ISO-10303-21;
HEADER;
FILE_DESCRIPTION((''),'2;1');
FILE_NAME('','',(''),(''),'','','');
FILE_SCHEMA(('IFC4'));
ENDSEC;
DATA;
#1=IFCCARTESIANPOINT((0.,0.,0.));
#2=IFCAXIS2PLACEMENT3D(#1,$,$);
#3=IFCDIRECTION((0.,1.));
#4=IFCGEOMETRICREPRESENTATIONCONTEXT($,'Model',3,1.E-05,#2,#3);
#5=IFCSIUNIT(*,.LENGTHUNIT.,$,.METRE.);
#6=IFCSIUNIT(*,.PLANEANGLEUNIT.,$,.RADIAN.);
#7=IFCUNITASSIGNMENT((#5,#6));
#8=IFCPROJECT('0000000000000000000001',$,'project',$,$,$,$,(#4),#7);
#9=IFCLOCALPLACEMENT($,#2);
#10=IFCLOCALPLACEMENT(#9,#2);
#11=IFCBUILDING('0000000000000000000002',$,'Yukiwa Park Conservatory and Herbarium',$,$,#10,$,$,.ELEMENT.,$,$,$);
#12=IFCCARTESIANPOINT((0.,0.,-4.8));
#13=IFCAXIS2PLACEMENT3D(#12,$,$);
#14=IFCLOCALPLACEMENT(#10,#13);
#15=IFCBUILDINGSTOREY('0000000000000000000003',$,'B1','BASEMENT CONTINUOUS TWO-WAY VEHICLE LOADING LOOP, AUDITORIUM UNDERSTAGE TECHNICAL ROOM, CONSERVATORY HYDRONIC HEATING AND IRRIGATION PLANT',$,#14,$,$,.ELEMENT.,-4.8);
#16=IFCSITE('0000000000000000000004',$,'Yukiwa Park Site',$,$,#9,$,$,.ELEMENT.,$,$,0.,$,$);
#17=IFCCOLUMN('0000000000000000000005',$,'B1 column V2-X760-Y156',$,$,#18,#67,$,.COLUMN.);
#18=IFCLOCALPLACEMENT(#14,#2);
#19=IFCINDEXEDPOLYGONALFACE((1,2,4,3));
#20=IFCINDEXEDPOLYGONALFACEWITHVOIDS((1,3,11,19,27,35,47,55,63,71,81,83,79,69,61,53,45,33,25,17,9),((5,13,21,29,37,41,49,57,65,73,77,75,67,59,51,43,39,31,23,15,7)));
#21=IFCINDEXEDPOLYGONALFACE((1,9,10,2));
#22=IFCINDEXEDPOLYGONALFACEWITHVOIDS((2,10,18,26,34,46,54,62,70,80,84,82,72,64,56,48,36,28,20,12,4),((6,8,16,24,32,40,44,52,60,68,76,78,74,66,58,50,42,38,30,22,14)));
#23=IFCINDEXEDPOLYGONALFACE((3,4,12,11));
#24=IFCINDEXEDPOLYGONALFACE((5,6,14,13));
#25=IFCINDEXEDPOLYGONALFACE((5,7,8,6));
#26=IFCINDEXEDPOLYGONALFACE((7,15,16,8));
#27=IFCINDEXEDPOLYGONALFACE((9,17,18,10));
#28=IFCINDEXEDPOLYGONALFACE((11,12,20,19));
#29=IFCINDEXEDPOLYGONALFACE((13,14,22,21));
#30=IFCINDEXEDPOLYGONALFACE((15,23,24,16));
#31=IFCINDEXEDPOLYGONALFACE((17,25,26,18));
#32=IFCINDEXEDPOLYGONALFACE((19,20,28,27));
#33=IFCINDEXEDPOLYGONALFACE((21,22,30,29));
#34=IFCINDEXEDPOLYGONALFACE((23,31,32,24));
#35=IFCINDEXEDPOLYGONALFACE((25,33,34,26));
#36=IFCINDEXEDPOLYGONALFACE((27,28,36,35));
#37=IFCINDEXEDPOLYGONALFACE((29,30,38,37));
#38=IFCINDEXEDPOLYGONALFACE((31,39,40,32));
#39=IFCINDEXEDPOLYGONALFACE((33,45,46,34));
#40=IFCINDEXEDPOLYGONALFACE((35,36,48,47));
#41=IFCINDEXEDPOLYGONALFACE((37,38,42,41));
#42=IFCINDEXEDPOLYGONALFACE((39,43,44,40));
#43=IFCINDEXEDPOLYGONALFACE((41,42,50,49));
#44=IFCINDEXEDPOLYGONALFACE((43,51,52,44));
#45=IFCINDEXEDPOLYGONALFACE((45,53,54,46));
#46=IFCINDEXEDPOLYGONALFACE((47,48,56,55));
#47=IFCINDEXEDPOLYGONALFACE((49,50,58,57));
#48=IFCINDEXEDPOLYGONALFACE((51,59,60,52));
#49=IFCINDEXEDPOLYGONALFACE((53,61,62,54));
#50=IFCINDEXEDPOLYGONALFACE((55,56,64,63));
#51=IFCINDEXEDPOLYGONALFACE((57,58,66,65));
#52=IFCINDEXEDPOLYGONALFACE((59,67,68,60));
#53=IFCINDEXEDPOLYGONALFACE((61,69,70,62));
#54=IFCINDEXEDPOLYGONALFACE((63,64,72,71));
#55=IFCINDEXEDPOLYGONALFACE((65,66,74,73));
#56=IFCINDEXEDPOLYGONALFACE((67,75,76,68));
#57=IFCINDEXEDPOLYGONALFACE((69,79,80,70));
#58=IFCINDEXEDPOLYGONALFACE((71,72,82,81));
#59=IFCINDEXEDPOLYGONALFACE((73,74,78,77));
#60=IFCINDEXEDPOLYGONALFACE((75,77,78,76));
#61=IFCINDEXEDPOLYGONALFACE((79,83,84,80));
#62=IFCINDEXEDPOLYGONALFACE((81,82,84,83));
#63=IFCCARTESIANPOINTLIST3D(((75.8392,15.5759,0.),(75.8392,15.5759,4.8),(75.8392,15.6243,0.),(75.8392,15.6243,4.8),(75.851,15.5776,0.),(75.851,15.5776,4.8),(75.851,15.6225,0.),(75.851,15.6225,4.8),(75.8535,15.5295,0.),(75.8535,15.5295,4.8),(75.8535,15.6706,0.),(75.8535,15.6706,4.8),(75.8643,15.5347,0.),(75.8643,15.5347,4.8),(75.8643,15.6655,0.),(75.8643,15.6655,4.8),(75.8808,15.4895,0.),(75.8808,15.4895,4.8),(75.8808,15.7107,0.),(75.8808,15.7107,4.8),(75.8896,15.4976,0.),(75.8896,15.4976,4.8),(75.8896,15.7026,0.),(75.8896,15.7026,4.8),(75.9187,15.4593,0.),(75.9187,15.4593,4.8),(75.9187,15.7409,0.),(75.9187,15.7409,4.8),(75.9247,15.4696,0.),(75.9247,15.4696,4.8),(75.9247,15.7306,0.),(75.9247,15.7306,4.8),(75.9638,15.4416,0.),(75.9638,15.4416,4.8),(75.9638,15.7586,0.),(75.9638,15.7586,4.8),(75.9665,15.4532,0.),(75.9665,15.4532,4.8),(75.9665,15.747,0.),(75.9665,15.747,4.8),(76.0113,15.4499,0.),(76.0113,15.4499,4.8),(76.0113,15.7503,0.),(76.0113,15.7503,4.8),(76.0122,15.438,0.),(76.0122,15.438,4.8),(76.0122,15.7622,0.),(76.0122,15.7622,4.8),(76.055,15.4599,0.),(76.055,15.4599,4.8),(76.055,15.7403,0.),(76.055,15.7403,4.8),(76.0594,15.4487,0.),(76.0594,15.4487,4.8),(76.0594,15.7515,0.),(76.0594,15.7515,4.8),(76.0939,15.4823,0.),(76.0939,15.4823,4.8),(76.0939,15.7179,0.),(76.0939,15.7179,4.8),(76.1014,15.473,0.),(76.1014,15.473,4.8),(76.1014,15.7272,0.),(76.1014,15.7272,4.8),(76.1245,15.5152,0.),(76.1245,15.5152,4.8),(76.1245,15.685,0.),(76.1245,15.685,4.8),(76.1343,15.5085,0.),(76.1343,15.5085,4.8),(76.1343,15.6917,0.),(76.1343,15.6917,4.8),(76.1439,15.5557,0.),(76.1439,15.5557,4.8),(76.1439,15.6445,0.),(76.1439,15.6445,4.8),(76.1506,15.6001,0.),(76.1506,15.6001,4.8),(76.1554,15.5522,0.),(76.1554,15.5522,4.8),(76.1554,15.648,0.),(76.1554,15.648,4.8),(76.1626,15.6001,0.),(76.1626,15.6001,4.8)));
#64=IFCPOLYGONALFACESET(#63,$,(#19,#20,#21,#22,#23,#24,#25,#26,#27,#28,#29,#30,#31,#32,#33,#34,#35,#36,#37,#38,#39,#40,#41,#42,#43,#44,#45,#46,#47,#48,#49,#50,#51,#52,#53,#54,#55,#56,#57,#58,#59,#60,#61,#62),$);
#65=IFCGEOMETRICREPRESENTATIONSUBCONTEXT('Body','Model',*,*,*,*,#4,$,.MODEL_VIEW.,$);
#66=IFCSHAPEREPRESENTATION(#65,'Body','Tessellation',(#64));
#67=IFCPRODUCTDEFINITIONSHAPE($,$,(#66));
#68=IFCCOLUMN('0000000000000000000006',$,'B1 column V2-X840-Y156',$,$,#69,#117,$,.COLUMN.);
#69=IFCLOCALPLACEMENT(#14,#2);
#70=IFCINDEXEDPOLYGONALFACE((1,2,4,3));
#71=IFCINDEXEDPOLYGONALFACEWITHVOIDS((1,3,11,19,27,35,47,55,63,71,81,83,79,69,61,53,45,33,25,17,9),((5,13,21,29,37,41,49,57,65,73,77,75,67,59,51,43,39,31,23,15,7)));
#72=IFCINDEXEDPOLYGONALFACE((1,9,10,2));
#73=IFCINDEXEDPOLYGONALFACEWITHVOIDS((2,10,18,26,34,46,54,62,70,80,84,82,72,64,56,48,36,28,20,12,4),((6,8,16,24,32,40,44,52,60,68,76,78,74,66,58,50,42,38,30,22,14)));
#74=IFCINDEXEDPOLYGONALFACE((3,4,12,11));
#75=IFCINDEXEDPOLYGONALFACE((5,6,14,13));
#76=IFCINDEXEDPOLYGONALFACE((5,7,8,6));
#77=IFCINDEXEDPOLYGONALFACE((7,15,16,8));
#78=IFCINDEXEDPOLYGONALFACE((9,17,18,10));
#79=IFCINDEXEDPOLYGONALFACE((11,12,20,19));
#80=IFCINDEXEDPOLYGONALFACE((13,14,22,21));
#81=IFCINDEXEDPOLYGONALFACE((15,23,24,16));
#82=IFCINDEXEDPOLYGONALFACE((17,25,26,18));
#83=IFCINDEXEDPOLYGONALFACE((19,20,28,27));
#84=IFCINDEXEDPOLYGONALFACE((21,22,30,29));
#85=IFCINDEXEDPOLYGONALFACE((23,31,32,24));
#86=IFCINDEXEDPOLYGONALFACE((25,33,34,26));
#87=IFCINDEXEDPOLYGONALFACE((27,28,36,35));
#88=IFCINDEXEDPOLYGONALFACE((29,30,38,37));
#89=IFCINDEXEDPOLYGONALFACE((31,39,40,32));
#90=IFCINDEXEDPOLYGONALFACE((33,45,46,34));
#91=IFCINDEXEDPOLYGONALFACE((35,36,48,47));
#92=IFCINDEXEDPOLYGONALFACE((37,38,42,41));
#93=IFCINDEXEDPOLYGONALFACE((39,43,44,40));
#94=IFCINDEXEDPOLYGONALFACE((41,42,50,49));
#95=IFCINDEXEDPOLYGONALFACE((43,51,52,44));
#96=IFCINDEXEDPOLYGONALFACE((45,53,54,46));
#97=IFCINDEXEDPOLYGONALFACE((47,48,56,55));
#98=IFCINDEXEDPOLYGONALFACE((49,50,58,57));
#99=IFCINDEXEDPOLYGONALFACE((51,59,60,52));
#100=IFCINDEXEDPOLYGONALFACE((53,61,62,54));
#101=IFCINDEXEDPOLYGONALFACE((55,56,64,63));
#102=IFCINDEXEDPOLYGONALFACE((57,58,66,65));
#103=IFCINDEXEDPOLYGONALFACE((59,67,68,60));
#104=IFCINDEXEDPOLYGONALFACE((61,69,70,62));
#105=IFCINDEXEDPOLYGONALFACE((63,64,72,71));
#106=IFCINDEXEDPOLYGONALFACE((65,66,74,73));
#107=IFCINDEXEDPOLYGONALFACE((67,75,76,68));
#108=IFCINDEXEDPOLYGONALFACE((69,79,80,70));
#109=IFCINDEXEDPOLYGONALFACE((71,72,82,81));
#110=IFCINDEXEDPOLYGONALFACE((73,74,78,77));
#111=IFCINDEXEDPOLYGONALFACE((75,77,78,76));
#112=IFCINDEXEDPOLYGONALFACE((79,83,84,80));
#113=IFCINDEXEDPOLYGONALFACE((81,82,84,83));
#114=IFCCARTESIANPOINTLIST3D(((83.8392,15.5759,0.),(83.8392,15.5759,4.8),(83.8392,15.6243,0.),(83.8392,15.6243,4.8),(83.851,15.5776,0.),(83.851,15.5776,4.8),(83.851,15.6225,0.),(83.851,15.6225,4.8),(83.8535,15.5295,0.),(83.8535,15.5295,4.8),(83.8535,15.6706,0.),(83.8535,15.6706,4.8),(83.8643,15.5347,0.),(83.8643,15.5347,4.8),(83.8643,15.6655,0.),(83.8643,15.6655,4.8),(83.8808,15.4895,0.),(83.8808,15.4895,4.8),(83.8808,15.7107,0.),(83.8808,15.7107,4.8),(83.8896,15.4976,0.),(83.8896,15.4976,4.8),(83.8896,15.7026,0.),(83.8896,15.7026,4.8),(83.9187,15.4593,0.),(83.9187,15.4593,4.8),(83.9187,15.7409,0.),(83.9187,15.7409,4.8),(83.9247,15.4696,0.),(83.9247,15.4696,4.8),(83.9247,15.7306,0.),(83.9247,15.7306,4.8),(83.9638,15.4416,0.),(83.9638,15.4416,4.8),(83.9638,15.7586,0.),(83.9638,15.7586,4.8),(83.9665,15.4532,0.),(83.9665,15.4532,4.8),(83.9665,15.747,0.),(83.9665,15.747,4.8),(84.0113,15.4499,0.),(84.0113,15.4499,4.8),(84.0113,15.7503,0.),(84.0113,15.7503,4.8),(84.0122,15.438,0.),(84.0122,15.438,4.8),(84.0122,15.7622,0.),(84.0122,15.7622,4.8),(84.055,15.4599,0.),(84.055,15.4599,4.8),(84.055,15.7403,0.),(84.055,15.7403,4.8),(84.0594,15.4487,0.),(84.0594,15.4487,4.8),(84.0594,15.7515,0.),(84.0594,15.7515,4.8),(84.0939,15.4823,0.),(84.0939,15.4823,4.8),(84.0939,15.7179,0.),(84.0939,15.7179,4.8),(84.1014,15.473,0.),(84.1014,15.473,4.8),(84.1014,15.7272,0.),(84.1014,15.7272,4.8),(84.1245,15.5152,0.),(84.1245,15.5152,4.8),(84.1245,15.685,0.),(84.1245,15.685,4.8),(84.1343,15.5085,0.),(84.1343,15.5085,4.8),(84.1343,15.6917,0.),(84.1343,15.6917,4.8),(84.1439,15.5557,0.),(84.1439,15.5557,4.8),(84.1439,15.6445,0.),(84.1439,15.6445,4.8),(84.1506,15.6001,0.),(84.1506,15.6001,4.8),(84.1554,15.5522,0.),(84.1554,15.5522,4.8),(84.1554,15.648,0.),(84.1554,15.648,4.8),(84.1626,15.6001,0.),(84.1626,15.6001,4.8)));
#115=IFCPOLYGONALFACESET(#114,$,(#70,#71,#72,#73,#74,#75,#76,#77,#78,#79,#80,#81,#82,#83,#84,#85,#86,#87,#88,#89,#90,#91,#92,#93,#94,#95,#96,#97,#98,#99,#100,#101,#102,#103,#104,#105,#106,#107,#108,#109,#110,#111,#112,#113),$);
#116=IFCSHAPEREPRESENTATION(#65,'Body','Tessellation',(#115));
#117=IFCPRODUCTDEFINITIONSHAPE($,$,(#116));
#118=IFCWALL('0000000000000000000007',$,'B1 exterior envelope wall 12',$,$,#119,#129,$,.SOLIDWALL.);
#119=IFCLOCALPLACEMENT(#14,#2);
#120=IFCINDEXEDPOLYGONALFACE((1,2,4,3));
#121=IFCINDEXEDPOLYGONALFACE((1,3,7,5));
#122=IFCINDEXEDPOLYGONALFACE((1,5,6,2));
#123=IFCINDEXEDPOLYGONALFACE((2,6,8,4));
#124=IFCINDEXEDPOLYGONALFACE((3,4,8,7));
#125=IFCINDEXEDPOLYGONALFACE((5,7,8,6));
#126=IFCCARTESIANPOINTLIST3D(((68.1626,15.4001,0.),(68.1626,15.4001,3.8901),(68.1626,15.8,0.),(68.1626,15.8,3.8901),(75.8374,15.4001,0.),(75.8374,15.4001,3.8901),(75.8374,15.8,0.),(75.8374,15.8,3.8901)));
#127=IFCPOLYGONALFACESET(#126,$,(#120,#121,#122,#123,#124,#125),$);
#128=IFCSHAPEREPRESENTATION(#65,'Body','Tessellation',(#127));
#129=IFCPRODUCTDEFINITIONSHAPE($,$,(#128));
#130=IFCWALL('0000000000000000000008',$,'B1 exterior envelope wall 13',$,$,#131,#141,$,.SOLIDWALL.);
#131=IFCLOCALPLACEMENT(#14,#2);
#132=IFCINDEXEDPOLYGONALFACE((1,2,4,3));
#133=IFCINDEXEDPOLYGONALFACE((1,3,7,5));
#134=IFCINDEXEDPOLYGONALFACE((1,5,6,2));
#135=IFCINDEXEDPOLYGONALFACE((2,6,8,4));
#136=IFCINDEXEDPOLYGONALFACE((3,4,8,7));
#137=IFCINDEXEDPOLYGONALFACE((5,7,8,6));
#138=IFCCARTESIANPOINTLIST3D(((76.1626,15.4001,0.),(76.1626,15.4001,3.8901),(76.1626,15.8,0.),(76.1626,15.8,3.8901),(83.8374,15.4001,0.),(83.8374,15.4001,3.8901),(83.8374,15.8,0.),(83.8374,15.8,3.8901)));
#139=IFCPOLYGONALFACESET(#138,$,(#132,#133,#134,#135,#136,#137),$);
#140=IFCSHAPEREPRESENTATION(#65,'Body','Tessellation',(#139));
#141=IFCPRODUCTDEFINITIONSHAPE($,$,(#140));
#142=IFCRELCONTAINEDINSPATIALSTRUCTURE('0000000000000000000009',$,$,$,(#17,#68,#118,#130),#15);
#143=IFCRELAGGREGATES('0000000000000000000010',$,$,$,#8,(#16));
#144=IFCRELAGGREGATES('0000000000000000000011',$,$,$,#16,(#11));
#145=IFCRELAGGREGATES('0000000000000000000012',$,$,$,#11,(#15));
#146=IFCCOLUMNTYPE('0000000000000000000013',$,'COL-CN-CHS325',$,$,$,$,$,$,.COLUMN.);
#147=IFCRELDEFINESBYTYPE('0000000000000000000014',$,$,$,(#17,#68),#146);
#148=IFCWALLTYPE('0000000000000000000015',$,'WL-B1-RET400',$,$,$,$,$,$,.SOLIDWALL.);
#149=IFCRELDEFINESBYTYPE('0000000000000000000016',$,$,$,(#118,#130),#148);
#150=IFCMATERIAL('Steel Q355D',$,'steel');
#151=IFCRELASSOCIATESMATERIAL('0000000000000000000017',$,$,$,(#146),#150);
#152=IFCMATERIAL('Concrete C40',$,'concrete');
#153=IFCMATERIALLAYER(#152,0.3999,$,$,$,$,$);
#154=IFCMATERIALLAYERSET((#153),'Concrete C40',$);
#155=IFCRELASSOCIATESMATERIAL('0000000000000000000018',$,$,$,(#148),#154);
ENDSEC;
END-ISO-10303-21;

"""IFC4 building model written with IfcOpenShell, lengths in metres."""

from ifc_helpers import new_model, si_unit, direction, frame, frame_2d, origin, origin_2d, place, context, subcontext, project, spatial, rectangle, hollow_circle, extrude, material, layer, layer_set, material_profile, profile_set, type_object, element, save


model = new_model("IFC4")

# Units and contexts
model_context = context("Model", 3, precision=1e-05, world=origin(), true_north=direction((0.0, 1.0)))
body_context = subcontext(model_context, "Body", "Model", "MODEL_VIEW")
ifc_project = project(units=[si_unit("LENGTHUNIT", "METRE"), si_unit("PLANEANGLEUNIT", "RADIAN")], contexts=[model_context])

# Site, building, storey
site_placement = place(None, origin())
site = spatial("IfcSite", under=ifc_project, at=site_placement, Name="Yukiwa Park Site", CompositionType="ELEMENT", RefElevation=0.0)
building_placement = place(site_placement, origin())
building = spatial("IfcBuilding", under=site, at=building_placement, Name="Yukiwa Park Conservatory and Herbarium", CompositionType="ELEMENT")
storey_placement = place(building_placement, frame((0.0, 0.0, -4.8)))
storey = spatial("IfcBuildingStorey", under=building, at=storey_placement, Name="B1", Description="BASEMENT CONTINUOUS TWO-WAY VEHICLE LOADING LOOP, AUDITORIUM UNDERSTAGE TECHNICAL ROOM, CONSERVATORY HYDRONIC HEATING AND IRRIGATION PLANT", CompositionType="ELEMENT", Elevation=-4.8)

# Columns
ifc_material_1 = material(Name="Steel Q355D", Category="steel")
ifc_material_profile_1 = material_profile(ifc_material_1, hollow_circle(Radius=0.1626, WallThickness=0.012, at=origin_2d()), Name="CHS 325x12")
ifc_profile_set_1 = profile_set([ifc_material_profile_1], Name="Steel Q355D")
column_type_1 = type_object("IfcColumnType", Name="COL-CN-CHS325", PredefinedType="COLUMN", material=ifc_profile_set_1)
for number, where, z_axis, x_axis, name in (
    (1, (76.0, 15.6001, 0.0), (0.0, 0.0, 1.0), (1.0, 0.0, 0.0), "B1 column V2-X760-Y156"),
    (2, (84.0, 15.6001, 0.0), (0.0, 0.0, 1.0), (1.0, 0.0, 0.0), "B1 column V2-X840-Y156"),
):
    element("IfcColumn", number, at=place(storey_placement, frame(where, z_axis=z_axis, x_axis=x_axis)), inside=storey, type_object=column_type_1, Name=name, PredefinedType="COLUMN", context=body_context, shape_type="SweptSolid", body=[
        extrude(hollow_circle(Radius=0.1626, WallThickness=0.012, at=origin_2d()), origin(), (0.0, 0.0, 1.0), 4.8),
    ])

# Walls
ifc_material_2 = material(Name="Concrete C40", Category="concrete")
ifc_layer = layer(ifc_material_2, 0.3999)
ifc_layer_set = layer_set([ifc_layer], Name="Concrete C40")
wall_type = type_object("IfcWallType", Name="WL-B1-RET400", PredefinedType="SOLIDWALL", material=ifc_layer_set)
for number, where, z_axis, x_axis, name in (
    (3, (68.1626, 15.6001, 0.0), (0.0, 0.0, 1.0), (1.0, 0.0, 0.0), "B1 exterior envelope wall 12"),
    (4, (76.1626, 15.6001, 0.0), (0.0, 0.0, 1.0), (1.0, 0.0, 0.0), "B1 exterior envelope wall 13"),
):
    element("IfcWall", number, at=place(storey_placement, frame(where, z_axis=z_axis, x_axis=x_axis)), inside=storey, type_object=wall_type, Name=name, PredefinedType="SOLIDWALL", context=body_context, shape_type="SweptSolid", body=[
        extrude(rectangle(XDim=7.6748, YDim=0.3999, at=frame_2d((3.8374, 0.0))), origin(), (0.0, 0.0, 1.0), 3.8901),
    ])

save(model, "model.ifc")
